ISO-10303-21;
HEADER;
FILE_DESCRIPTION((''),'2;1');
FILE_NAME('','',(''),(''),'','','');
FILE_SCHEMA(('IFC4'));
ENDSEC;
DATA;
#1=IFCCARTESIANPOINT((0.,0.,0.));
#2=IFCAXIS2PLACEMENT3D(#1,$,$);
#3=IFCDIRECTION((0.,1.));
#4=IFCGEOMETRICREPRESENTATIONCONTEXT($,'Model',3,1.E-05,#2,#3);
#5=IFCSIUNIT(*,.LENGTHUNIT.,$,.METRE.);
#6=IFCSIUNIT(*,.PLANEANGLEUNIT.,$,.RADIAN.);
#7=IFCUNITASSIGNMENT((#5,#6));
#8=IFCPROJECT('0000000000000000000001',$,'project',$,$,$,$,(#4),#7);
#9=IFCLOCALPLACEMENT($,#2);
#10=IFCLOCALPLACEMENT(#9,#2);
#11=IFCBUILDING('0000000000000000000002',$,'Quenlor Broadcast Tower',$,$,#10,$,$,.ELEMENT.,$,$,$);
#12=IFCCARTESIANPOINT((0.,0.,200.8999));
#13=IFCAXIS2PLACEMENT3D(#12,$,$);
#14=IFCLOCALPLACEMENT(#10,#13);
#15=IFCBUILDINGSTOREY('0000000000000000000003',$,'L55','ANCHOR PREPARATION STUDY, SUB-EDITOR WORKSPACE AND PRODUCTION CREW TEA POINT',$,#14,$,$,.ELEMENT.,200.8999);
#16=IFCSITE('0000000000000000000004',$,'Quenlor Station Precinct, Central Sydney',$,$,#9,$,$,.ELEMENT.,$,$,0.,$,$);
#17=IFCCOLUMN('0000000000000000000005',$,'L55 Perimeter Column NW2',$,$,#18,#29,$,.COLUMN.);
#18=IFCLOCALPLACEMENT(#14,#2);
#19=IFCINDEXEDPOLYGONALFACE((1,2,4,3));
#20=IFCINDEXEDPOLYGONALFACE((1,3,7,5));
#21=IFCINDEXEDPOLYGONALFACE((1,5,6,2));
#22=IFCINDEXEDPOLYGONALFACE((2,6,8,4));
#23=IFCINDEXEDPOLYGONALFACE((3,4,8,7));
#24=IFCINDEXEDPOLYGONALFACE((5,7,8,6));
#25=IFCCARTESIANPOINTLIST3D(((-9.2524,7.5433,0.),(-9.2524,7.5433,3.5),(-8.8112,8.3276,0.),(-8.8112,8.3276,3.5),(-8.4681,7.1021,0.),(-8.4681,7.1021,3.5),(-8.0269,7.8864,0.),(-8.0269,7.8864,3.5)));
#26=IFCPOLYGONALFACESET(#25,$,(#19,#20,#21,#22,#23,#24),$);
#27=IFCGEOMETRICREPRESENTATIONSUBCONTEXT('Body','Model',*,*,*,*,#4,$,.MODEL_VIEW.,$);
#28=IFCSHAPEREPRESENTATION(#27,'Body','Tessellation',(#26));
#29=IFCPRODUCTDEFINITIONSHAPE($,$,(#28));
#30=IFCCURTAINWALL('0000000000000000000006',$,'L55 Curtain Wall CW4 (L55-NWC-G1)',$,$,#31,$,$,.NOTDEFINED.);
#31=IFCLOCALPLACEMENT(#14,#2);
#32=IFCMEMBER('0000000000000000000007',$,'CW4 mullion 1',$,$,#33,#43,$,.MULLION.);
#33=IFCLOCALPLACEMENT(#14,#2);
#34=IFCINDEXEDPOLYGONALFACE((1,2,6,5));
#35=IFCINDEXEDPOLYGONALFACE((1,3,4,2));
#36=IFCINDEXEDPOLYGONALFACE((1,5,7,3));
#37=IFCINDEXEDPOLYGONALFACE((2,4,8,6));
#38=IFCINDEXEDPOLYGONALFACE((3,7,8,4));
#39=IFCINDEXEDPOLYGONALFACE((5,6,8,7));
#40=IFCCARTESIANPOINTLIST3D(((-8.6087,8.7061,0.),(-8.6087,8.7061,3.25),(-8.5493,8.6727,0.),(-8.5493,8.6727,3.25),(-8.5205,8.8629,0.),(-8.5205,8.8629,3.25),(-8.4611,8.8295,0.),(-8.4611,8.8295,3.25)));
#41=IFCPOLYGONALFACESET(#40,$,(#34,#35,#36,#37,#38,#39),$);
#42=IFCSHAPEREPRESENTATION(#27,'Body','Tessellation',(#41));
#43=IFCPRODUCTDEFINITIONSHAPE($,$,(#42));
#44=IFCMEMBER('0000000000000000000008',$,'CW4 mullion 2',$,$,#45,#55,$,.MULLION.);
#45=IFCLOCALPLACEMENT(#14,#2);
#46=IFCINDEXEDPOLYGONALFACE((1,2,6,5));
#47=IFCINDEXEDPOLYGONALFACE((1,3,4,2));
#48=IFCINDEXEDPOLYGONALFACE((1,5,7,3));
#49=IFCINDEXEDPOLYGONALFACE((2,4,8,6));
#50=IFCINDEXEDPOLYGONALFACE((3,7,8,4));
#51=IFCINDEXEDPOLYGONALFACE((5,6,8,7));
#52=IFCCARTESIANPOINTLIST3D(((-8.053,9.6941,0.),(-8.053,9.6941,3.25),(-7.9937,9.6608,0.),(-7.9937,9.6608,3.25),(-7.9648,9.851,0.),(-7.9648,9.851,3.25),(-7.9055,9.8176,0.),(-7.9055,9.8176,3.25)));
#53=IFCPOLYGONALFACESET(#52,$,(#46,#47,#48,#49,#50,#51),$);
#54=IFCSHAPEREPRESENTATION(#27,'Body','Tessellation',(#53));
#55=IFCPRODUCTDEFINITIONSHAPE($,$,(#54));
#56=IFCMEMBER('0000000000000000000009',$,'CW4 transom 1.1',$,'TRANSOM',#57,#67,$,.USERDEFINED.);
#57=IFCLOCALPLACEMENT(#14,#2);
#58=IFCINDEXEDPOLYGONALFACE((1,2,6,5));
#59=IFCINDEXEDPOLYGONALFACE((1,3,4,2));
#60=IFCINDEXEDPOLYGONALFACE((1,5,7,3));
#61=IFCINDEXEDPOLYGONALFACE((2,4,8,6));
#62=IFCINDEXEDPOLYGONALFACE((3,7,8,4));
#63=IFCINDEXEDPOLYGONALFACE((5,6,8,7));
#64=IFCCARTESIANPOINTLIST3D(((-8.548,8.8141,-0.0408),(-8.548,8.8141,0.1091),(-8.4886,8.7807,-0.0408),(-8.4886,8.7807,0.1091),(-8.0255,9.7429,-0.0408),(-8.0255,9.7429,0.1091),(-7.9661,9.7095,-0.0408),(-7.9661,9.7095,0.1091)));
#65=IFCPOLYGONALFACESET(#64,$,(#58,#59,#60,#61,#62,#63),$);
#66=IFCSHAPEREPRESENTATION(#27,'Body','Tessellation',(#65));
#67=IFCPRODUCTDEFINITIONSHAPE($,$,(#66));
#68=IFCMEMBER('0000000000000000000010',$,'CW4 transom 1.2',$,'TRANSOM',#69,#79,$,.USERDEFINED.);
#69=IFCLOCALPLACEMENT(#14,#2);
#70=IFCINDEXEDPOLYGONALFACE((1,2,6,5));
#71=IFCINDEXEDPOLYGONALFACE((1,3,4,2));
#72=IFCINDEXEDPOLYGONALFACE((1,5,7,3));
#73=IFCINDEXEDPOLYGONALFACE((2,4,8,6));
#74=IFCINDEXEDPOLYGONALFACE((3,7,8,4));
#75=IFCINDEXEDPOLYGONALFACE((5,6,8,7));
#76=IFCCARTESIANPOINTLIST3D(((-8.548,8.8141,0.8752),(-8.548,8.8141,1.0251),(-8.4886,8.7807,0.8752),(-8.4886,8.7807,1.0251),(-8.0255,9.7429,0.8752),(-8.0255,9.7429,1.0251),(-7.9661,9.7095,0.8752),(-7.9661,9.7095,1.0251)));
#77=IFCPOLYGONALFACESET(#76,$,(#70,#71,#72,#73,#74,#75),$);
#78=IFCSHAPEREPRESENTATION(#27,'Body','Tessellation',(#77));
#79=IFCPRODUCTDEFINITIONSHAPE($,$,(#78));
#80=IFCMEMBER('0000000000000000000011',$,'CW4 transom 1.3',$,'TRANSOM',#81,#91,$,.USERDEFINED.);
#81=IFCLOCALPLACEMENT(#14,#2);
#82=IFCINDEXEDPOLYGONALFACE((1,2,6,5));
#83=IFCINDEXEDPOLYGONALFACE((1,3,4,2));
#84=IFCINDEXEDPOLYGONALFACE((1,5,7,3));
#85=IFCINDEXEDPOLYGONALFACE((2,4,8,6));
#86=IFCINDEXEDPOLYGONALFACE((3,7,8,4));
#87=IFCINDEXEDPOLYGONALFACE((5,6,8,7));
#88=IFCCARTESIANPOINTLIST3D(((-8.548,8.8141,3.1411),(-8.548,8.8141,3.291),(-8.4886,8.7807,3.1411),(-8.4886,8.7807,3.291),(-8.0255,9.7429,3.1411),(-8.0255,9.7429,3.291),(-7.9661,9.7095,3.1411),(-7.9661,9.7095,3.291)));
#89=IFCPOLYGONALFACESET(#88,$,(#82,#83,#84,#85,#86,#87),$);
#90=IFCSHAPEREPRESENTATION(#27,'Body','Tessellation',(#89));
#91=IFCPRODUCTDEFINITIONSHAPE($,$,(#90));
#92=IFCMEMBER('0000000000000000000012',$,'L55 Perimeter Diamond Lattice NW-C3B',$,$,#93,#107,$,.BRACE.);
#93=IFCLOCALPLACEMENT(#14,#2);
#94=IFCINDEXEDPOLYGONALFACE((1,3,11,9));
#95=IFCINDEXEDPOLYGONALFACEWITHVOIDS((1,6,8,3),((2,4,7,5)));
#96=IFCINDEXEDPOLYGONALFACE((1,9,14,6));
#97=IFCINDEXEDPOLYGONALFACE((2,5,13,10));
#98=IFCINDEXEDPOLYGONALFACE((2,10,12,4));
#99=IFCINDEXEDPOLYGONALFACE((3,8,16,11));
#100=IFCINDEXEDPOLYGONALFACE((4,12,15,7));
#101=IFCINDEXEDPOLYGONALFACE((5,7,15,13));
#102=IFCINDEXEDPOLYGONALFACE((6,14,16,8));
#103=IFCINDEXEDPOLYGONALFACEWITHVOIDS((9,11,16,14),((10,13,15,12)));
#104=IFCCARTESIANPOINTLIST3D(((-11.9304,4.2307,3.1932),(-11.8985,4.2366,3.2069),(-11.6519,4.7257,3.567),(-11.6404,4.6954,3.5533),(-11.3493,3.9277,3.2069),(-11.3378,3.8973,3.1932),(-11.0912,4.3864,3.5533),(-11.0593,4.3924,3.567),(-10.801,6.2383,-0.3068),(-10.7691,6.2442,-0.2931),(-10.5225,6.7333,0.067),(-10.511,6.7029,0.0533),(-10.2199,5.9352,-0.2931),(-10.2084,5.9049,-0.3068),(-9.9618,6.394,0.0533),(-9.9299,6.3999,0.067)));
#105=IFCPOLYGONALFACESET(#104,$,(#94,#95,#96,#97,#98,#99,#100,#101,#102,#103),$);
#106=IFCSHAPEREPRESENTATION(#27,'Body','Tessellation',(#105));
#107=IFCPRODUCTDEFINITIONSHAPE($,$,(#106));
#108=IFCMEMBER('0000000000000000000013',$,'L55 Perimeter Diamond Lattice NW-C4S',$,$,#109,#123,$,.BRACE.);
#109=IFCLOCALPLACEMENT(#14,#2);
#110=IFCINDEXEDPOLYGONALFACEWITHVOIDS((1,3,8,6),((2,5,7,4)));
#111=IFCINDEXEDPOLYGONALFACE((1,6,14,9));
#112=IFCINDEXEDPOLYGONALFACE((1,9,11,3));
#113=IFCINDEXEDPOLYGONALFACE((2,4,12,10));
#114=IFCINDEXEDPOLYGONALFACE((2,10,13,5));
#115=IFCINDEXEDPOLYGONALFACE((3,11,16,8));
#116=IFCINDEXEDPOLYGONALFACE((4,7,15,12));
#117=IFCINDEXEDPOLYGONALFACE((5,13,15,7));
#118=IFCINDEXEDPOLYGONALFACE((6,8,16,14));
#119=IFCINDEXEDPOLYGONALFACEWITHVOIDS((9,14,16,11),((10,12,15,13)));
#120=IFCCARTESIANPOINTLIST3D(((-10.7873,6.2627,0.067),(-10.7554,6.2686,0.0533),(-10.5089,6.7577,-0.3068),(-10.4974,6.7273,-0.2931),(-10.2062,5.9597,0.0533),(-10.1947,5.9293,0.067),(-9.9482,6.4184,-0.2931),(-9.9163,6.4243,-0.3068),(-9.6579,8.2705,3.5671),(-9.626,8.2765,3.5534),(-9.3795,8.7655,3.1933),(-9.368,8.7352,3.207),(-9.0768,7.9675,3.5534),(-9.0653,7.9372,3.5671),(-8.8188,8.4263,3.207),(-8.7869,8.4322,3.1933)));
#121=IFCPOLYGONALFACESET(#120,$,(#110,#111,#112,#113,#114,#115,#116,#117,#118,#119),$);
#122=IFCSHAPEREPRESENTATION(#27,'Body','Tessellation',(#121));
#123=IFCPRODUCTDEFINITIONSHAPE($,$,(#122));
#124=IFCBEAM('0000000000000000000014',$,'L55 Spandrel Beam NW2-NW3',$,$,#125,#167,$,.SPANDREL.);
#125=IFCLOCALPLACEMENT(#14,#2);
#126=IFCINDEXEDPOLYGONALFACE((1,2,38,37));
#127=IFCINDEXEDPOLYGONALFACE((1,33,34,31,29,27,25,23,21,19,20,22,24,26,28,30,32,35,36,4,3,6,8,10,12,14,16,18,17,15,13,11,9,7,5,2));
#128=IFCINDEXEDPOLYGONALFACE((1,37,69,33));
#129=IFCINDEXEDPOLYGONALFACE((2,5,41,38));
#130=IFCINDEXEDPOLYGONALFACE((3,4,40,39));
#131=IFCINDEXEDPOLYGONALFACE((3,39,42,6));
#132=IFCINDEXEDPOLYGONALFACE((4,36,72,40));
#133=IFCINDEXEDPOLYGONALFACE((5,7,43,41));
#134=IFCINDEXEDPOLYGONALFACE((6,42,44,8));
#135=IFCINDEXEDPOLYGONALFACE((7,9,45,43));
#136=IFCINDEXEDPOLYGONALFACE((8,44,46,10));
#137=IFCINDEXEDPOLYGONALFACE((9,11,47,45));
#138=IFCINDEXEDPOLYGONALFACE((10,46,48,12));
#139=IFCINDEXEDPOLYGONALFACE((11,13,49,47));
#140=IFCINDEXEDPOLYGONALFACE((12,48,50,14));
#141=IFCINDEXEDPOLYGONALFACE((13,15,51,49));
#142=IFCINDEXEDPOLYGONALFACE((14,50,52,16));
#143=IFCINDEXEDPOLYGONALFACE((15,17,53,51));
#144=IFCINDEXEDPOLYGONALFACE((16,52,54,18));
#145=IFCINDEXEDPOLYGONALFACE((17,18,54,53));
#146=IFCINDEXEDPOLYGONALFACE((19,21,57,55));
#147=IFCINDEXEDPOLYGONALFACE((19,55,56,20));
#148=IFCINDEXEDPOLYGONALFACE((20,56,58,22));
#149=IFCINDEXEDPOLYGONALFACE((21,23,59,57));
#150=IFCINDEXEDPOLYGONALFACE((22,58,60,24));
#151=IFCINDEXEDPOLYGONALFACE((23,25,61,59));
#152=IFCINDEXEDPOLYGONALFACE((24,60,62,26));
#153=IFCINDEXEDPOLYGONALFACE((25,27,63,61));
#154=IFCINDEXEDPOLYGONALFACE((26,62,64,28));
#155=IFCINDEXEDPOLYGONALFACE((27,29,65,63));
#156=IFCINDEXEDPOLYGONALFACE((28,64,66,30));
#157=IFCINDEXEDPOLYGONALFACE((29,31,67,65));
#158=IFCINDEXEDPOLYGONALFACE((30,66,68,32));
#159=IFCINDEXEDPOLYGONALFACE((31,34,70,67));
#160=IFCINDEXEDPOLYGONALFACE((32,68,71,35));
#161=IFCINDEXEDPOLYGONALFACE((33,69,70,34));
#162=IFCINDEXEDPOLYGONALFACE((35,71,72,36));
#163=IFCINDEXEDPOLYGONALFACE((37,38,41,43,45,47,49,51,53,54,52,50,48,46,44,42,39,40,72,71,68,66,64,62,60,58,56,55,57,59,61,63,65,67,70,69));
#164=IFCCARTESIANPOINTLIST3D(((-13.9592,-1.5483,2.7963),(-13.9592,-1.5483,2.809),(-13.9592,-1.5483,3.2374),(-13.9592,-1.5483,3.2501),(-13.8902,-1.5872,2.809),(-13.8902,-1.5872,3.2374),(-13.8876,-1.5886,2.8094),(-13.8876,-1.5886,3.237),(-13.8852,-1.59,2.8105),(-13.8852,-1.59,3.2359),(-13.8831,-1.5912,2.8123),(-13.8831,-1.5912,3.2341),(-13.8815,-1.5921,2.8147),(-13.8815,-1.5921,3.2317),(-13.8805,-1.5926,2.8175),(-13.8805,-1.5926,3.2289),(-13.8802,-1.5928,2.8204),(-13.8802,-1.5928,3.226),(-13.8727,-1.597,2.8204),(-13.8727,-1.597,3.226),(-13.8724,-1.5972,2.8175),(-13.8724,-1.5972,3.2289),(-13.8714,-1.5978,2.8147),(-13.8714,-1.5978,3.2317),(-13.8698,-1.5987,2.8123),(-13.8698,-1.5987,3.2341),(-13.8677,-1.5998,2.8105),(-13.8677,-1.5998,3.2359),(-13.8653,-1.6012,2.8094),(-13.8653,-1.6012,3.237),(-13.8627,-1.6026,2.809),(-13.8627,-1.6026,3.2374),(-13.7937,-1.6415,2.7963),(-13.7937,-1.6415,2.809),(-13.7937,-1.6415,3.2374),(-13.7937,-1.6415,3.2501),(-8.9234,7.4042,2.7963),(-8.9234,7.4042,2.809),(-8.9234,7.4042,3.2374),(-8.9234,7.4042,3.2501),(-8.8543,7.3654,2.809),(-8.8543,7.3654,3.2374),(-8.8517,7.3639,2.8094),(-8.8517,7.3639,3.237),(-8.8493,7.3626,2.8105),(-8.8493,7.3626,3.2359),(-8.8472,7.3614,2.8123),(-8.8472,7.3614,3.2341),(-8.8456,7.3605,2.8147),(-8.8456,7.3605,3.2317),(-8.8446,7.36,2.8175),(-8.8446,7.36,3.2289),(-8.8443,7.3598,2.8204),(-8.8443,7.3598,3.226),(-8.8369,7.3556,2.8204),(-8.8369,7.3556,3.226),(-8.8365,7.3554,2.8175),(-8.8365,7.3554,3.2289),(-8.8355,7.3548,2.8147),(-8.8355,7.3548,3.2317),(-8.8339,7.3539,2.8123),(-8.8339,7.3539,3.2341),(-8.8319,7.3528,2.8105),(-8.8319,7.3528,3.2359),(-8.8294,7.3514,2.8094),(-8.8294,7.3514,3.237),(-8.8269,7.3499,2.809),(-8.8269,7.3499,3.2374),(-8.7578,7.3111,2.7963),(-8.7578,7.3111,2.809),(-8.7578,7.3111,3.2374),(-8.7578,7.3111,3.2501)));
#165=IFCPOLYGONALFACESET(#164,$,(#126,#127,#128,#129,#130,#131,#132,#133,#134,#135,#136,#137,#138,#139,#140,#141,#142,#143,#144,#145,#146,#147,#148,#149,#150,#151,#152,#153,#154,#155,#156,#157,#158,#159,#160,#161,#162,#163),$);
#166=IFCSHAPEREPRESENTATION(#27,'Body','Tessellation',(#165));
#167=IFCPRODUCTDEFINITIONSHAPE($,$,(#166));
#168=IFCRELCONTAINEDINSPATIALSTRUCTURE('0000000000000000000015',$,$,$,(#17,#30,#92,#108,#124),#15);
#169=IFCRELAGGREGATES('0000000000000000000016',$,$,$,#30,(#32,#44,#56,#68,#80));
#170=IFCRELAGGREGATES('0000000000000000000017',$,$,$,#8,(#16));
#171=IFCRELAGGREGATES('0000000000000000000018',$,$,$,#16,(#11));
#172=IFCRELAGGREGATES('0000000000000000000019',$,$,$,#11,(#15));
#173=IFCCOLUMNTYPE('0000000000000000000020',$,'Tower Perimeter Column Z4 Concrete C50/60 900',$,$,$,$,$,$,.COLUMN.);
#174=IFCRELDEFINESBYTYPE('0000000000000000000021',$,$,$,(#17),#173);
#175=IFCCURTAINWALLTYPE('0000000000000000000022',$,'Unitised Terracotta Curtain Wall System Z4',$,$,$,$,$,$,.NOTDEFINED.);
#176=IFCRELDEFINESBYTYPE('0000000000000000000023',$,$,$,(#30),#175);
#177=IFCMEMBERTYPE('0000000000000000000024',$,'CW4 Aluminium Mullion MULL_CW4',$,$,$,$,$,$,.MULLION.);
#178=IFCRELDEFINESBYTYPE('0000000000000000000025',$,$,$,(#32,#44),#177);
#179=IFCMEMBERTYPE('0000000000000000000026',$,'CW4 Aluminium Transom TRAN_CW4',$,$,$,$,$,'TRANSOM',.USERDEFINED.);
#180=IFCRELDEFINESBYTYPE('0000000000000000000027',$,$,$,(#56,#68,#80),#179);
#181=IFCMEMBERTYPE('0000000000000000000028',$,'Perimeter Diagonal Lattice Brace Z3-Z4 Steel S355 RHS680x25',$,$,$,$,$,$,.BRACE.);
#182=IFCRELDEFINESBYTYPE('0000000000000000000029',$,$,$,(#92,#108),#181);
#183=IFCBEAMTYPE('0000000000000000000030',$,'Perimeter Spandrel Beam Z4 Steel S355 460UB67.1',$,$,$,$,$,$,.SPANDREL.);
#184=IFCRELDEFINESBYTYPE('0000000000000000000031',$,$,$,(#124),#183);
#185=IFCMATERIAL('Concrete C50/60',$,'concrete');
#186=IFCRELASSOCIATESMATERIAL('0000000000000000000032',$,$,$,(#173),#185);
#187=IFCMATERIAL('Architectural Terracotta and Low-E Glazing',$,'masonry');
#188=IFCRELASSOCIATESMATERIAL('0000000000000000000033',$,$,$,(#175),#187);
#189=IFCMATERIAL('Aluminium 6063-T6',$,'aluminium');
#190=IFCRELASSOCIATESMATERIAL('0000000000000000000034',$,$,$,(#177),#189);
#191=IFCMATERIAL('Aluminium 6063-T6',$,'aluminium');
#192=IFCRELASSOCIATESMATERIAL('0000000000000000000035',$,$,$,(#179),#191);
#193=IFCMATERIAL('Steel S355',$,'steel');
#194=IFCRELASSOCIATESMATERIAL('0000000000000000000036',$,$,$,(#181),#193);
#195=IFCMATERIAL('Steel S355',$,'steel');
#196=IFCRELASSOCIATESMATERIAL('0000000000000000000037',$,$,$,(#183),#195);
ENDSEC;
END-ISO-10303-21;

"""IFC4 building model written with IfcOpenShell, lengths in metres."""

from ifc_helpers import new_model, si_unit, direction, frame, origin, origin_2d, place, context, subcontext, project, spatial, rectangle, hollow_rectangle, i_section, extrude, material, material_profile, profile_set, type_object, element, aggregate, save


model = new_model("IFC4")

# Units and contexts
model_context = context("Model", 3, precision=1e-05, world=origin(), true_north=direction((0.0, 1.0)))
body_context = subcontext(model_context, "Body", "Model", "MODEL_VIEW")
ifc_project = project(units=[si_unit("LENGTHUNIT", "METRE"), si_unit("PLANEANGLEUNIT", "RADIAN")], contexts=[model_context])

# Site, building, storey
site_placement = place(None, origin())
site = spatial("IfcSite", under=ifc_project, at=site_placement, Name="Quenlor Station Precinct, Central Sydney", CompositionType="ELEMENT", RefElevation=0.0)
building_placement = place(site_placement, origin())
building = spatial("IfcBuilding", under=site, at=building_placement, Name="Quenlor Broadcast Tower", CompositionType="ELEMENT")
storey_placement = place(building_placement, frame((0.0, 0.0, 200.8999)))
storey = spatial("IfcBuildingStorey", under=building, at=storey_placement, Name="L55", Description="ANCHOR PREPARATION STUDY, SUB-EDITOR WORKSPACE AND PRODUCTION CREW TEA POINT", CompositionType="ELEMENT", Elevation=200.8999)

# Column
ifc_material_1 = material(Name="Concrete C50/60", Category="concrete")
ifc_material_profile_1 = material_profile(ifc_material_1, rectangle(XDim=0.8999, YDim=0.8999, at=origin_2d()))
ifc_profile_set_1 = profile_set([ifc_material_profile_1], Name="Concrete C50/60 RC900x900")
column_type = type_object("IfcColumnType", Name="Tower Perimeter Column Z4 Concrete C50/60 900", PredefinedType="COLUMN", material=ifc_profile_set_1)
column_placement = place(storey_placement, frame((-8.6396, 7.7148, 0.0), z_axis=(0.0, 0.0, 1.0), x_axis=(-0.871575, 0.490262, 0.0)))
element("IfcColumn", 1, at=column_placement, inside=storey, type_object=column_type, Name="L55 Perimeter Column NW2", PredefinedType="COLUMN", context=body_context, shape_type="SweptSolid", body=[
    extrude(rectangle(XDim=0.8999, YDim=0.8999, at=origin_2d()), origin(), (0.0, 0.0, 1.0), 3.5),
])

# Curtain wall, members
ifc_material_2 = material(Name="Architectural Terracotta and Low-E Glazing", Category="masonry")
curtain_wall_type = type_object("IfcCurtainWallType", Name="Unitised Terracotta Curtain Wall System Z4", PredefinedType="NOTDEFINED", material=ifc_material_2)
curtain_wall_placement = place(storey_placement, origin())
curtain_wall = element("IfcCurtainWall", 2, at=curtain_wall_placement, inside=storey, type_object=curtain_wall_type, Name="L55 Curtain Wall CW4 (L55-NWC-G1)", PredefinedType="NOTDEFINED")
ifc_material_3 = material(Name="Aluminium 6063-T6", Category="aluminium")
ifc_material_profile_2 = material_profile(ifc_material_3, rectangle(XDim=0.0681, YDim=0.1799, at=origin_2d()))
ifc_profile_set_2 = profile_set([ifc_material_profile_2], Name="Aluminium 6063-T6 MULL68x180")
member_type_1 = type_object("IfcMemberType", Name="CW4 Aluminium Mullion MULL_CW4", PredefinedType="MULLION", material=ifc_profile_set_2)
member_1_placement = place(storey_placement, frame((-8.5349, 8.7678, 0.0), z_axis=(0.0, 0.0, 1.0), x_axis=(-0.871558, 0.490293, 0.0)))
member_1 = element("IfcMember", 3, at=member_1_placement, type_object=member_type_1, Name="CW4 mullion 1", PredefinedType="MULLION", context=body_context, shape_type="SweptSolid", body=[
    extrude(rectangle(XDim=0.0681, YDim=0.1799, at=origin_2d()), origin(), (0.0, 0.0, 1.0), 3.25),
])
member_2_placement = place(storey_placement, frame((-7.9792, 9.7559, 0.0), z_axis=(0.0, 0.0, 1.0), x_axis=(-0.871558, 0.490293, 0.0)))
member_2 = element("IfcMember", 4, at=member_2_placement, type_object=member_type_1, Name="CW4 mullion 2", PredefinedType="MULLION", context=body_context, shape_type="SweptSolid", body=[
    extrude(rectangle(XDim=0.0681, YDim=0.1799, at=origin_2d()), origin(), (0.0, 0.0, 1.0), 3.25),
])
ifc_material_4 = material(Name="Aluminium 6063-T6", Category="aluminium")
ifc_material_profile_3 = material_profile(ifc_material_4, rectangle(XDim=0.0681, YDim=0.1499, at=origin_2d()))
ifc_profile_set_3 = profile_set([ifc_material_profile_3], Name="Aluminium 6063-T6 TRAN68x150")
member_type_2 = type_object("IfcMemberType", Name="CW4 Aluminium Transom TRAN_CW4", ElementType="TRANSOM", PredefinedType="USERDEFINED", material=ifc_profile_set_3)
member_3_placement = place(storey_placement, frame((-8.5183, 8.7974, 0.0342), z_axis=(0.490305, 0.871551, 0.0), x_axis=(-0.871551, 0.490305, 0.0)))
member_3 = element("IfcMember", 5, at=member_3_placement, type_object=member_type_2, Name="CW4 transom 1.1", ObjectType="TRANSOM", PredefinedType="USERDEFINED", context=body_context, shape_type="SweptSolid", body=[
    extrude(rectangle(XDim=0.0681, YDim=0.1499, at=origin_2d()), origin(), (0.0, 0.0, 1.0), 1.0657),
])
member_4_placement = place(storey_placement, frame((-8.5183, 8.7974, 0.9502), z_axis=(0.490305, 0.871551, 0.0), x_axis=(-0.871551, 0.490305, 0.0)))
member_4 = element("IfcMember", 6, at=member_4_placement, type_object=member_type_2, Name="CW4 transom 1.2", ObjectType="TRANSOM", PredefinedType="USERDEFINED", context=body_context, shape_type="SweptSolid", body=[
    extrude(rectangle(XDim=0.0681, YDim=0.1499, at=origin_2d()), origin(), (0.0, 0.0, 1.0), 1.0657),
])
member_5_placement = place(storey_placement, frame((-8.5183, 8.7974, 3.2161), z_axis=(0.490305, 0.871551, 0.0), x_axis=(-0.871551, 0.490305, 0.0)))
member_5 = element("IfcMember", 7, at=member_5_placement, type_object=member_type_2, Name="CW4 transom 1.3", ObjectType="TRANSOM", PredefinedType="USERDEFINED", context=body_context, shape_type="SweptSolid", body=[
    extrude(rectangle(XDim=0.0681, YDim=0.1499, at=origin_2d()), origin(), (0.0, 0.0, 1.0), 1.0657),
])

# Members
ifc_material_5 = material(Name="Steel S355", Category="steel")
ifc_material_profile_4 = material_profile(ifc_material_5, hollow_rectangle(XDim=0.6799, YDim=0.6799, WallThickness=0.0249, at=origin_2d()))
ifc_profile_set_4 = profile_set([ifc_material_profile_4], Name="Steel S355 RHS680x680x25")
member_type_3 = type_object("IfcMemberType", Name="Perimeter Diagonal Lattice Brace Z3-Z4 Steel S355 RHS680x25", PredefinedType="BRACE", material=ifc_profile_set_4)
member_6_placement = place(storey_placement, frame((-10.3655, 6.3191, -0.1199), z_axis=(-0.269547, -0.479136, 0.835328), x_axis=(0.87155, -0.490307, 0.0)))
element("IfcMember", 8, at=member_6_placement, inside=storey, type_object=member_type_3, Name="L55 Perimeter Diamond Lattice NW-C3B", PredefinedType="BRACE", context=body_context, shape_type="SweptSolid", body=[
    extrude(hollow_rectangle(XDim=0.6799, YDim=0.6799, WallThickness=0.0249, at=origin_2d()), origin(), (0.0, 0.0, 1.0), 4.1899),
])
member_7_placement = place(storey_placement, frame((-10.3518, 6.3435, -0.1199), z_axis=(0.26954, 0.479181, 0.835305), x_axis=(-0.871576, 0.490261, 0.0)))
element("IfcMember", 9, at=member_7_placement, inside=storey, type_object=member_type_3, Name="L55 Perimeter Diamond Lattice NW-C4S", PredefinedType="BRACE", context=body_context, shape_type="SweptSolid", body=[
    extrude(hollow_rectangle(XDim=0.6799, YDim=0.6799, WallThickness=0.0249, at=origin_2d()), origin(), (0.0, 0.0, 1.0), 4.1902),
])

# Beam
ifc_material_6 = material(Name="Steel S355", Category="steel")
ifc_material_profile_5 = material_profile(ifc_material_6, i_section(OverallWidth=0.1899, OverallDepth=0.4539, WebThickness=0.0085, FlangeThickness=0.0127, FilletRadius=0.0115, at=origin_2d()))
ifc_profile_set_5 = profile_set([ifc_material_profile_5], Name="Steel S355 460UB67.1")
beam_type_1 = type_object("IfcBeamType", Name="Perimeter Spandrel Beam Z4 Steel S355 460UB67.1", PredefinedType="SPANDREL", material=ifc_profile_set_5)
beam_1_placement = place(storey_placement, frame((-8.8406, 7.3577, 3.0232), z_axis=(-0.490263, -0.871574, 0.0), x_axis=(0.871574, -0.490263, 0.0)))
element("IfcBeam", 10, at=beam_1_placement, inside=storey, type_object=beam_type_1, Name="L55 Spandrel Beam NW2-NW3", PredefinedType="SPANDREL", context=body_context, shape_type="SweptSolid", body=[
    extrude(i_section(OverallWidth=0.1899, OverallDepth=0.4539, WebThickness=0.0085, FlangeThickness=0.0127, FilletRadius=0.0115, at=origin_2d()), origin(), (0.0, 0.0, 1.0), 10.2717),
])

aggregate(curtain_wall, [member_1, member_2, member_3, member_4, member_5])

save(model, "model.ifc")
